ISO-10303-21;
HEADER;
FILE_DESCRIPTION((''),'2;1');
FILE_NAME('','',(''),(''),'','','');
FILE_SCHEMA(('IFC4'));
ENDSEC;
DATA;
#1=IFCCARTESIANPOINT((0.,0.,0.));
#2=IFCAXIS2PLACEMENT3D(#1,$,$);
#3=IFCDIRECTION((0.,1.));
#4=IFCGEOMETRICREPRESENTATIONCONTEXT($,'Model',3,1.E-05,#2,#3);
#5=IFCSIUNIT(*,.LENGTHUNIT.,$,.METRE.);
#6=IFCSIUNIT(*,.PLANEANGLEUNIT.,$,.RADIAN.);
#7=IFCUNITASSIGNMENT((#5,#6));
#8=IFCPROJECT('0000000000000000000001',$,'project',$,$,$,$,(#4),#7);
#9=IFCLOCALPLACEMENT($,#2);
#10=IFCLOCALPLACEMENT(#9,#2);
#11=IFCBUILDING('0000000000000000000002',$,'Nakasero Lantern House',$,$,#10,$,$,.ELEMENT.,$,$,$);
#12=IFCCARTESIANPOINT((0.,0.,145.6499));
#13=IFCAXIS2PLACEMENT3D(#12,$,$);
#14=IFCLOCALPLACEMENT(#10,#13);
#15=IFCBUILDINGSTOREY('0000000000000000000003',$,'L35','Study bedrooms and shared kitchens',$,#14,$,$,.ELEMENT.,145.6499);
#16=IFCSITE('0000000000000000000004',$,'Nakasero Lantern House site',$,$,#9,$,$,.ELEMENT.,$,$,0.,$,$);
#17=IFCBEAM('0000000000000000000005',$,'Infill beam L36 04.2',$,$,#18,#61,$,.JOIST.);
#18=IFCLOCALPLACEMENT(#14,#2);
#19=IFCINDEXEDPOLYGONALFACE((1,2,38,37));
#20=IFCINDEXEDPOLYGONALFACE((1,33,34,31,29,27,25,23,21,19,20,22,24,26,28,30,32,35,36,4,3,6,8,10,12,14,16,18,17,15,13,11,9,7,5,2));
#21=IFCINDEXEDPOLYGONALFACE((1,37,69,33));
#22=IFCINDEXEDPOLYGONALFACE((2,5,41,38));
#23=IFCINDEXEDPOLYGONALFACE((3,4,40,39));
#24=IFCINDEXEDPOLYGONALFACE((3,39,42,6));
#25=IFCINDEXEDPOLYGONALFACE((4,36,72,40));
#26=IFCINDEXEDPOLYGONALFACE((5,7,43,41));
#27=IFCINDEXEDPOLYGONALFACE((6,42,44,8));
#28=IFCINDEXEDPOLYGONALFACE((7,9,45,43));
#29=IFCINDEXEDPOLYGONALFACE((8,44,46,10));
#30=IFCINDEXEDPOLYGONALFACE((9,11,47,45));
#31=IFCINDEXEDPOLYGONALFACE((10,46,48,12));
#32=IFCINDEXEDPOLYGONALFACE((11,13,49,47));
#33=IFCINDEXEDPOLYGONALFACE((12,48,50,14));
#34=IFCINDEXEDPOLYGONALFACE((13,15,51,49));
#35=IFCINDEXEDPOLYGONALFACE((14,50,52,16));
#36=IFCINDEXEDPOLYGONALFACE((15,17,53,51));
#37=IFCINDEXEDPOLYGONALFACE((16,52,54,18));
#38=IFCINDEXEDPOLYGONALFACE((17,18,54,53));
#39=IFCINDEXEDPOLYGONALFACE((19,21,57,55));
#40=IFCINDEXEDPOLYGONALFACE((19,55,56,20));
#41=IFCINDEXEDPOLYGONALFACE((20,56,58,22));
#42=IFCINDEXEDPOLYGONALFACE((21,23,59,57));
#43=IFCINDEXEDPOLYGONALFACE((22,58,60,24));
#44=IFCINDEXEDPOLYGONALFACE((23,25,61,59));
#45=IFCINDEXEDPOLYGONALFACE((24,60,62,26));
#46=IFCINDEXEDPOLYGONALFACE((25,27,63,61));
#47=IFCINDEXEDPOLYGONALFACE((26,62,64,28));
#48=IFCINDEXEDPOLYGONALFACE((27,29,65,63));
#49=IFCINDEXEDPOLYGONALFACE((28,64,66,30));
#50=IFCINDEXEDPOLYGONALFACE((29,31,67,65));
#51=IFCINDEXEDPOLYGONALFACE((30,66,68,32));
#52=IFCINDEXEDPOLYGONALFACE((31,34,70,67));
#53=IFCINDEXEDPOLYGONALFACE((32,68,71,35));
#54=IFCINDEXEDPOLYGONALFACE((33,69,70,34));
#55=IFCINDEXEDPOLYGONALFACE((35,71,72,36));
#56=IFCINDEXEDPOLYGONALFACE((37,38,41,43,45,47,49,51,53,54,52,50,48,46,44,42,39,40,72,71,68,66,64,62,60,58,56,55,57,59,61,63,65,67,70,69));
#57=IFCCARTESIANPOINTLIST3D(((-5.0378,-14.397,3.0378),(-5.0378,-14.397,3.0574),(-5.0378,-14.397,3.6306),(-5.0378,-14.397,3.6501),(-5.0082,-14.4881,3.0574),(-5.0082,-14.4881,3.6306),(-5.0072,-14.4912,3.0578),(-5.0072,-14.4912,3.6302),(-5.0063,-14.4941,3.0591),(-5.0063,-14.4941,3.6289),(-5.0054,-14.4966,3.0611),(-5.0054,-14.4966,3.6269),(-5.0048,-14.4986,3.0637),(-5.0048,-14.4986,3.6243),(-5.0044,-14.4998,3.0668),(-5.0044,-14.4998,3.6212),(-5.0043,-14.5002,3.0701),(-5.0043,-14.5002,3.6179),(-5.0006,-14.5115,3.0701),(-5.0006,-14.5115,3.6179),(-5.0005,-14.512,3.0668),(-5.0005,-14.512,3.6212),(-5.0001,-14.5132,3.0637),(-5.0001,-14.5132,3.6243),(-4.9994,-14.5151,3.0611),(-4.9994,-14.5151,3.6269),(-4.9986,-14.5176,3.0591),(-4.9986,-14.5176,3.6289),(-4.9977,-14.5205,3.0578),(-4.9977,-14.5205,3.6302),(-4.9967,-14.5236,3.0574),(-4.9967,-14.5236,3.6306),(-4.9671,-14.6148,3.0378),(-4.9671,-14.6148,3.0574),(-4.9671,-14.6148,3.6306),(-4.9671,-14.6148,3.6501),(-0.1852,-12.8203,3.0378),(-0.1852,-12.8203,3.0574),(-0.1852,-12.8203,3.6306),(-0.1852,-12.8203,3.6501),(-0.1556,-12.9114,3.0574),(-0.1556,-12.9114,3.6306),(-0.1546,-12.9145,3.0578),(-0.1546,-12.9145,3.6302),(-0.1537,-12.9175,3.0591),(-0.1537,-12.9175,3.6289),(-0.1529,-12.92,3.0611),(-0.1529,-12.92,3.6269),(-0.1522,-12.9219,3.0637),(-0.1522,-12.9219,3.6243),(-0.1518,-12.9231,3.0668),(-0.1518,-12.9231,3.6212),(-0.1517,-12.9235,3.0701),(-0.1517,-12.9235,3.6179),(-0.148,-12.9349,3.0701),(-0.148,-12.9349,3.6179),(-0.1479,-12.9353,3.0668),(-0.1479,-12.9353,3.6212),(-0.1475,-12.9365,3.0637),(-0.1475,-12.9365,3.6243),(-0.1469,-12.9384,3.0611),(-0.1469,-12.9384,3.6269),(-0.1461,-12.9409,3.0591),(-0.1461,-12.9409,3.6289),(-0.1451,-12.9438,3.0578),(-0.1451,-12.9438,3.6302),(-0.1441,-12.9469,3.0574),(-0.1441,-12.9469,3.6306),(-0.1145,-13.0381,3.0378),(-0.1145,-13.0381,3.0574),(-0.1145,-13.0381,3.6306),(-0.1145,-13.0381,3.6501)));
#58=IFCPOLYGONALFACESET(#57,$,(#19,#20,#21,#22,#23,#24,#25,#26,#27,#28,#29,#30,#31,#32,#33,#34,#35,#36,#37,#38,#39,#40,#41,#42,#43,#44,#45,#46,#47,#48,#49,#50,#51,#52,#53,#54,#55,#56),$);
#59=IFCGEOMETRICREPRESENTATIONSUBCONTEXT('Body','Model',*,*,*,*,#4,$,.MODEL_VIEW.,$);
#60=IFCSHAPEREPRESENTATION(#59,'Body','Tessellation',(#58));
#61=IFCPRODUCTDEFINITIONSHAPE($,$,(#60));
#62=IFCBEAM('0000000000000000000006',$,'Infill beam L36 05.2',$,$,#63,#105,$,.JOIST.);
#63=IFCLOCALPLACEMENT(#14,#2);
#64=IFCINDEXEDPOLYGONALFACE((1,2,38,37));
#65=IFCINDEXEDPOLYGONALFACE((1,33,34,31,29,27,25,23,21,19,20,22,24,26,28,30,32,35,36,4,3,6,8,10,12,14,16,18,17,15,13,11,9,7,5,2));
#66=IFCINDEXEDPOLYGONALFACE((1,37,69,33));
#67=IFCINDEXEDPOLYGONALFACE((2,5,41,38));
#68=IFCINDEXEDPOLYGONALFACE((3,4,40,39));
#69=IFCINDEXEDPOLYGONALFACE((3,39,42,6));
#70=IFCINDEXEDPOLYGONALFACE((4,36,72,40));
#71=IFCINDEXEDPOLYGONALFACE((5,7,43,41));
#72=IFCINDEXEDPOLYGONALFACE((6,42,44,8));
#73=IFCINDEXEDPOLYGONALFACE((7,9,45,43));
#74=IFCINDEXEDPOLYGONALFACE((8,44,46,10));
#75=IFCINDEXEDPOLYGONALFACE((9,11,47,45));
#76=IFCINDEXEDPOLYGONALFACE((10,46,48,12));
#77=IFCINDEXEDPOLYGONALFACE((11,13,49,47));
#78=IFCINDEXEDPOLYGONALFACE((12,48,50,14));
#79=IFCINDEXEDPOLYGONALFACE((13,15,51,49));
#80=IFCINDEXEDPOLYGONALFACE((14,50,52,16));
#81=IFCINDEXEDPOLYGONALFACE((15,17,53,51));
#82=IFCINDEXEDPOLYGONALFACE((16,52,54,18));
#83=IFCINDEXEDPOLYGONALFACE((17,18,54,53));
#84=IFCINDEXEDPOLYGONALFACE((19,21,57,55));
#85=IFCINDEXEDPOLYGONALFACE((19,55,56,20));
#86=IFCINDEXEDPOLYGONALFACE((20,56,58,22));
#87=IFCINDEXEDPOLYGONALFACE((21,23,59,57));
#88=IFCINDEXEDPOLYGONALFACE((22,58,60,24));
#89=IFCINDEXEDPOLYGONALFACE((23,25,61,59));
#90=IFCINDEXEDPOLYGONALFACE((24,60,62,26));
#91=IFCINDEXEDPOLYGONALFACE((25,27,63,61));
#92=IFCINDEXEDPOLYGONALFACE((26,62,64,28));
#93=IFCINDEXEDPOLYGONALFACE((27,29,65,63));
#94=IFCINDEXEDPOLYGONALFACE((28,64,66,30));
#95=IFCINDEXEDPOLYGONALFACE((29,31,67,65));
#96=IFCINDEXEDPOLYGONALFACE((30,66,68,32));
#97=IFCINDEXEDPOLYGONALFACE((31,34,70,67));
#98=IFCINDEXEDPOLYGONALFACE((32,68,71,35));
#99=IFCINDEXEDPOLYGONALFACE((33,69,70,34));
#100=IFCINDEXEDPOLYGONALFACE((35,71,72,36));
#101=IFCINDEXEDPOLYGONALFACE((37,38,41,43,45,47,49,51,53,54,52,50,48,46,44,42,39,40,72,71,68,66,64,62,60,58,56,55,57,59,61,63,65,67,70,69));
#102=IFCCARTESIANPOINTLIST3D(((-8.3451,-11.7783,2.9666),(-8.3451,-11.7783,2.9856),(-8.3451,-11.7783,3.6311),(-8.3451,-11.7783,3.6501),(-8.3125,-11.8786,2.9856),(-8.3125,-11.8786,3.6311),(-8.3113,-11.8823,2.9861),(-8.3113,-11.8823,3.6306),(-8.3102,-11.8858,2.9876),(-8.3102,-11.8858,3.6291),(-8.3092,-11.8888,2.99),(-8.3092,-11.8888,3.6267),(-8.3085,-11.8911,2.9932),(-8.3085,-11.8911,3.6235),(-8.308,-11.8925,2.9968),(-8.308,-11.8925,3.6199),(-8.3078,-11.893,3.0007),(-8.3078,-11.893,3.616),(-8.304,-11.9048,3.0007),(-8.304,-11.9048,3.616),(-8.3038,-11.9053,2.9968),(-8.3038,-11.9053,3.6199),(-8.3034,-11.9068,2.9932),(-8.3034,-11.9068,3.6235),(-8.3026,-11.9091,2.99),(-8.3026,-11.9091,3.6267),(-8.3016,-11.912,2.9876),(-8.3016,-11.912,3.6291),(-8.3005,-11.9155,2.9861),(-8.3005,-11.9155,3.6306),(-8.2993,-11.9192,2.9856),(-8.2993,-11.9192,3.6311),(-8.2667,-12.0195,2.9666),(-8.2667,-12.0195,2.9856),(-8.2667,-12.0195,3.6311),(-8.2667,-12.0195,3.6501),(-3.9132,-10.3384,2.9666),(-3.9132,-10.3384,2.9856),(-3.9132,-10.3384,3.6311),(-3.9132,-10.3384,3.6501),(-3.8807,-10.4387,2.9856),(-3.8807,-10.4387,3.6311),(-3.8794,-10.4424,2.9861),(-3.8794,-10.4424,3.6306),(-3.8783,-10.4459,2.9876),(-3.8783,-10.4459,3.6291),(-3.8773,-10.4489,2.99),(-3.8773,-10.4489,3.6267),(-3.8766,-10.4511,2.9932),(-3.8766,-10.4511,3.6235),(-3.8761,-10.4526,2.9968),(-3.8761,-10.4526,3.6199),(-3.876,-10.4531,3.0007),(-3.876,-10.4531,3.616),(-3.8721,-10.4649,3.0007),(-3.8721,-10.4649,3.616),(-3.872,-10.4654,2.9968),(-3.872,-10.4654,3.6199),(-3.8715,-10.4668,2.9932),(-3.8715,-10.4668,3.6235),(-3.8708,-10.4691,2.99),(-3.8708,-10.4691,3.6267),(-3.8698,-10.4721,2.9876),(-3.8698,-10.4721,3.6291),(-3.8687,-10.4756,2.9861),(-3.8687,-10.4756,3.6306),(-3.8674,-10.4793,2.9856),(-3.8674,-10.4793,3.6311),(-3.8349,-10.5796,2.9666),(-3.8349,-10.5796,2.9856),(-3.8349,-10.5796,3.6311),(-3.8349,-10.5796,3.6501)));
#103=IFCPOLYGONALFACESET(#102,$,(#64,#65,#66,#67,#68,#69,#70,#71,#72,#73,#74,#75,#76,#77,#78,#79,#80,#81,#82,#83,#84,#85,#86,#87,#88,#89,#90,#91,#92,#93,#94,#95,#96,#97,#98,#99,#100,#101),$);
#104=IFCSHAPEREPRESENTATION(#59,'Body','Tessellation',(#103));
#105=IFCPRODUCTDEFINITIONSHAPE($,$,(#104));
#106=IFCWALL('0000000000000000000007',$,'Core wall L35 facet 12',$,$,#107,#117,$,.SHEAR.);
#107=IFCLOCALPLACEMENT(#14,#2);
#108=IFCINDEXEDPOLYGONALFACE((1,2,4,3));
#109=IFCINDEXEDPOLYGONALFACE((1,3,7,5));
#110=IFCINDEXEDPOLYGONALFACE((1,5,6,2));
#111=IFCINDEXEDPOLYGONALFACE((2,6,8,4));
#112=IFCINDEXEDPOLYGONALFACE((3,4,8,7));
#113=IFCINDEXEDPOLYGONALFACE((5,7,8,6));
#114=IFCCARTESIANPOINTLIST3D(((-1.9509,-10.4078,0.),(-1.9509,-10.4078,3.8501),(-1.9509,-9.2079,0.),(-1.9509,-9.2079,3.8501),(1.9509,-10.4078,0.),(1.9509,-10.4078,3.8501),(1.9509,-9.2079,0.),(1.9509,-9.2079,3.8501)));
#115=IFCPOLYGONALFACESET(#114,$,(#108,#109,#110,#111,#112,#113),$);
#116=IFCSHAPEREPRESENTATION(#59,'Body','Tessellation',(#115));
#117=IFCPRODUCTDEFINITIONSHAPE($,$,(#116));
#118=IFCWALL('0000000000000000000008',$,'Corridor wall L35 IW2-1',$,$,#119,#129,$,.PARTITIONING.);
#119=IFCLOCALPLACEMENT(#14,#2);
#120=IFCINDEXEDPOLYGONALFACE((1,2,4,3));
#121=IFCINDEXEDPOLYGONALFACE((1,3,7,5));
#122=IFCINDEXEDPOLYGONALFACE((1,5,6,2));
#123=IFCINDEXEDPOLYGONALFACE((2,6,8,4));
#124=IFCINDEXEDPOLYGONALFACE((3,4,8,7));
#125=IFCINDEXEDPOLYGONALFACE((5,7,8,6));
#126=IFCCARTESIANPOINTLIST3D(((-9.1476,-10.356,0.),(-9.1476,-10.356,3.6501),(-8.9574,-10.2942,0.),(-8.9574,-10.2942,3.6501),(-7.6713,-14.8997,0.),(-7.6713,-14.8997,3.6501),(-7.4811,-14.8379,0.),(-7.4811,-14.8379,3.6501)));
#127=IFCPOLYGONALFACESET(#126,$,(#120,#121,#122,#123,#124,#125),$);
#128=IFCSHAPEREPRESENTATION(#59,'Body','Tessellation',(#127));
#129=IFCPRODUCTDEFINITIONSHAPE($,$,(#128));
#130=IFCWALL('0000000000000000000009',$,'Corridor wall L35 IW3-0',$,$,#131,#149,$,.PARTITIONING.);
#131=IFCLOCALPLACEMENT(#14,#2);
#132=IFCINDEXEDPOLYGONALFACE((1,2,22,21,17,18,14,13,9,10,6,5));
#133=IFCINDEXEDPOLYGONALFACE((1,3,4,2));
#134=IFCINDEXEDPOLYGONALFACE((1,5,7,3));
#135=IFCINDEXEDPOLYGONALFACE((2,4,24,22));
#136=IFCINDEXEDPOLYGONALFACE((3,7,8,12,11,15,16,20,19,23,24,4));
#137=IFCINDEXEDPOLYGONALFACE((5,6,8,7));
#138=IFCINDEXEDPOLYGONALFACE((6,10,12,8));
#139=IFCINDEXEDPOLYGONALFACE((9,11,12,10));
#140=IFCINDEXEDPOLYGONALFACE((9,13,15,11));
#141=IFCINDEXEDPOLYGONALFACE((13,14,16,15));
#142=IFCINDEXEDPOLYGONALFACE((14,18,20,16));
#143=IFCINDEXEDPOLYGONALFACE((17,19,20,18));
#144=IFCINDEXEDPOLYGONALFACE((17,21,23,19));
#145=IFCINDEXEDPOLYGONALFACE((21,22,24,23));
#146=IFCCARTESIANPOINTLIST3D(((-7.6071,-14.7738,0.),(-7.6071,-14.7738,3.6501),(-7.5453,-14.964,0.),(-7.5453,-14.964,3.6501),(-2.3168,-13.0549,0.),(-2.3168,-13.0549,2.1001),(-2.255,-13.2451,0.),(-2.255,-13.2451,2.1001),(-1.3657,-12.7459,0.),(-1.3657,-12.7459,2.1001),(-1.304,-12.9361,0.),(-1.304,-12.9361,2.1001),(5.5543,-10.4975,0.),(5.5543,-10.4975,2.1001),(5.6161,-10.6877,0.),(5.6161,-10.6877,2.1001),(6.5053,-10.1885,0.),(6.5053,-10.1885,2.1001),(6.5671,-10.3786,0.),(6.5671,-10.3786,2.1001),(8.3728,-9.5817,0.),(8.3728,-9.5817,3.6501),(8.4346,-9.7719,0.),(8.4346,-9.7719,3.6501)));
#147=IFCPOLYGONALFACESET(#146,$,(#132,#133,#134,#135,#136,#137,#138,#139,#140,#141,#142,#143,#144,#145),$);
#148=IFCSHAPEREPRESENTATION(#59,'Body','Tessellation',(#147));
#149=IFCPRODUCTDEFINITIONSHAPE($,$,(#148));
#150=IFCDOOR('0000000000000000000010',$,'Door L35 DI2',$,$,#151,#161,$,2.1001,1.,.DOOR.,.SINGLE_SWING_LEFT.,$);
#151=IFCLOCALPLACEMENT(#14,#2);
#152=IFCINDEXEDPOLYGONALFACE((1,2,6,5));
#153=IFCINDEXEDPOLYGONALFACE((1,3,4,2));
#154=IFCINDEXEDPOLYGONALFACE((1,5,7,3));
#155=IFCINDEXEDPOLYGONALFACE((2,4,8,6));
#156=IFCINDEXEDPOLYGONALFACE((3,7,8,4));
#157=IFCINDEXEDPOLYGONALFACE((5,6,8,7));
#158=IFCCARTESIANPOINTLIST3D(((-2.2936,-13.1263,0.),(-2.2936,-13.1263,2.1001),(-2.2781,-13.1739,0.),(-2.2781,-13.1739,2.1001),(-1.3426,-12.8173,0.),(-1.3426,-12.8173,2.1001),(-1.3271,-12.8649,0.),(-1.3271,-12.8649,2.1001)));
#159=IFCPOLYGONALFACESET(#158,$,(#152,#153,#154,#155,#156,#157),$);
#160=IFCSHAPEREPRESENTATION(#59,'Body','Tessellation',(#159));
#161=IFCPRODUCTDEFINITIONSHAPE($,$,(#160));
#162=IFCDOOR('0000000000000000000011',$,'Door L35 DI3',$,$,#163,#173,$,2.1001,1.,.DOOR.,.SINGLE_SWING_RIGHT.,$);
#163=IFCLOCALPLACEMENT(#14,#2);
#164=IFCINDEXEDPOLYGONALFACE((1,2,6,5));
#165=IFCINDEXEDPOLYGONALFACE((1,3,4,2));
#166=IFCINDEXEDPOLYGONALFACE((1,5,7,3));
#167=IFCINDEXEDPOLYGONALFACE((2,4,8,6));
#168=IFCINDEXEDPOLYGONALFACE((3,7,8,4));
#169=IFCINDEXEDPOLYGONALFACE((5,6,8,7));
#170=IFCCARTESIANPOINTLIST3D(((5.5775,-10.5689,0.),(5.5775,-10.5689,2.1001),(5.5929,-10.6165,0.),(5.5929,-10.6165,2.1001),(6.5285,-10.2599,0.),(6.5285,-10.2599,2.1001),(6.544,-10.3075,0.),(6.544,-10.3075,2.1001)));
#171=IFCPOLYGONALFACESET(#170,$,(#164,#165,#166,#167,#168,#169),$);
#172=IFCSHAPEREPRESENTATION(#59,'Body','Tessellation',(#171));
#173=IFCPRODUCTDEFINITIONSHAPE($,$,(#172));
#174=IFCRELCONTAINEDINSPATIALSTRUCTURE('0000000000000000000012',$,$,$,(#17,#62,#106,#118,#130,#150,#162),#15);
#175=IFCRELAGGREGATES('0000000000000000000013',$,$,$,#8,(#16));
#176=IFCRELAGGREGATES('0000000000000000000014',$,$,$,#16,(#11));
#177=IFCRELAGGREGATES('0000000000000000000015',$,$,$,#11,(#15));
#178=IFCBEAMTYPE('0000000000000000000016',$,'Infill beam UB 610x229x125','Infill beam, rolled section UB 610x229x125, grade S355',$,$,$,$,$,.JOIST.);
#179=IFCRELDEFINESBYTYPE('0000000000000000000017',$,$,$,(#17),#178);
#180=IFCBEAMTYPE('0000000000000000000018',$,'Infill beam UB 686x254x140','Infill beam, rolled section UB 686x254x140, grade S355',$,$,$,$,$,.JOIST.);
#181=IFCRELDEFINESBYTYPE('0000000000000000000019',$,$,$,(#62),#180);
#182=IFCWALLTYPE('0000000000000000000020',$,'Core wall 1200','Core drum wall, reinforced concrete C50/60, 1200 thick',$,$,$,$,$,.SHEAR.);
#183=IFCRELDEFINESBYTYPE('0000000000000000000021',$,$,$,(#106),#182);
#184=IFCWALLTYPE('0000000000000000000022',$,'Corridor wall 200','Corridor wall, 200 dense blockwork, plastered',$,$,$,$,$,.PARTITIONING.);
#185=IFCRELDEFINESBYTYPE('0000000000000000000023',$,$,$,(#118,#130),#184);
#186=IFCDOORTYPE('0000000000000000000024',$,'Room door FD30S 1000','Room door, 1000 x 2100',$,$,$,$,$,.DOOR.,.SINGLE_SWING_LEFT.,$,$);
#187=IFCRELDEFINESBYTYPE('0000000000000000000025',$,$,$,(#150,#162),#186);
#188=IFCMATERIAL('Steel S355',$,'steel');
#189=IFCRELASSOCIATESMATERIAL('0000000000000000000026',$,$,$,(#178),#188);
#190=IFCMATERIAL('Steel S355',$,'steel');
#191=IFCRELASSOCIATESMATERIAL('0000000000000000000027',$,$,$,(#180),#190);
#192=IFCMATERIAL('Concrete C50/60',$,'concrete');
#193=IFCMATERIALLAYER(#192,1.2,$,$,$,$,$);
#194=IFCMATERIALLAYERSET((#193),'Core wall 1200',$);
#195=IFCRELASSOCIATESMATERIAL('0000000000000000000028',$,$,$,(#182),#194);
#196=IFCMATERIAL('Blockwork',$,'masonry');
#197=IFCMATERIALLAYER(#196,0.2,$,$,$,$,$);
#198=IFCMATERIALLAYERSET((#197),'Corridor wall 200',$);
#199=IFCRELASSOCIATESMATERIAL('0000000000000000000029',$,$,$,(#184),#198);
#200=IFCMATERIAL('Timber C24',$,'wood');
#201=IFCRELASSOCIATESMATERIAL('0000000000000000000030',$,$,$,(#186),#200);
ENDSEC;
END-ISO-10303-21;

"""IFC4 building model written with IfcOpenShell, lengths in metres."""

from ifc_helpers import new_model, si_unit, direction, frame, frame_2d, origin, origin_2d, place, context, subcontext, project, spatial, rectangle, i_section, extrude, material, layer, layer_set, material_profile, profile_set, type_object, element, fill, save


model = new_model("IFC4")

# Units and contexts
model_context = context("Model", 3, precision=1e-05, world=origin(), true_north=direction((0.0, 1.0)))
body_context = subcontext(model_context, "Body", "Model", "MODEL_VIEW")
ifc_project = project(units=[si_unit("LENGTHUNIT", "METRE"), si_unit("PLANEANGLEUNIT", "RADIAN")], contexts=[model_context])

# Site, building, storey
site_placement = place(None, origin())
site = spatial("IfcSite", under=ifc_project, at=site_placement, Name="Nakasero Lantern House site", CompositionType="ELEMENT", RefElevation=0.0)
building_placement = place(site_placement, origin())
building = spatial("IfcBuilding", under=site, at=building_placement, Name="Nakasero Lantern House", CompositionType="ELEMENT")
storey_placement = place(building_placement, frame((0.0, 0.0, 145.6499)))
storey = spatial("IfcBuildingStorey", under=building, at=storey_placement, Name="L35", Description="Study bedrooms and shared kitchens", CompositionType="ELEMENT", Elevation=145.6499)

# Beams
ifc_material_1 = material(Name="Steel S355", Category="steel")
ifc_material_profile_1 = material_profile(ifc_material_1, i_section(OverallWidth=0.229, OverallDepth=0.6123, WebThickness=0.012, FlangeThickness=0.0195, FilletRadius=0.0127, at=origin_2d()), Name="UB 610x229x125")
ifc_profile_set_1 = profile_set([ifc_material_profile_1], Name="Steel S355")
beam_type_1 = type_object("IfcBeamType", Name="Infill beam UB 610x229x125", Description="Infill beam, rolled section UB 610x229x125, grade S355", PredefinedType="JOIST", material=ifc_profile_set_1)
beam_1_placement = place(storey_placement, frame((-5.0024, -14.5059, 3.344), z_axis=(0.951058, 0.309012, 0.0), x_axis=(-0.309012, 0.951058, 0.0)))
element("IfcBeam", 1, at=beam_1_placement, inside=storey, type_object=beam_type_1, Name="Infill beam L36 04.2", PredefinedType="JOIST", context=body_context, shape_type="SweptSolid", body=[
    extrude(i_section(OverallWidth=0.229, OverallDepth=0.6123, WebThickness=0.012, FlangeThickness=0.0195, FilletRadius=0.0127, at=origin_2d()), origin(), (0.0, 0.0, 1.0), 5.1023),
])
ifc_material_2 = material(Name="Steel S355", Category="steel")
ifc_material_profile_2 = material_profile(ifc_material_2, i_section(OverallWidth=0.2537, OverallDepth=0.6836, WebThickness=0.0125, FlangeThickness=0.019, FilletRadius=0.0151, at=origin_2d()), Name="UB 686x254x140")
ifc_profile_set_2 = profile_set([ifc_material_profile_2], Name="Steel S355")
beam_type_2 = type_object("IfcBeamType", Name="Infill beam UB 686x254x140", Description="Infill beam, rolled section UB 686x254x140, grade S355", PredefinedType="JOIST", material=ifc_profile_set_2)
beam_2_placement = place(storey_placement, frame((-8.3059, -11.8989, 3.3083), z_axis=(0.951061, 0.309004, 0.0), x_axis=(-0.309004, 0.951061, 0.0)))
element("IfcBeam", 2, at=beam_2_placement, inside=storey, type_object=beam_type_2, Name="Infill beam L36 05.2", PredefinedType="JOIST", context=body_context, shape_type="SweptSolid", body=[
    extrude(i_section(OverallWidth=0.2537, OverallDepth=0.6836, WebThickness=0.0125, FlangeThickness=0.019, FilletRadius=0.0151, at=origin_2d()), origin(), (0.0, 0.0, 1.0), 4.6599),
])

# Wall
ifc_material_3 = material(Name="Concrete C50/60", Category="concrete")
ifc_layer_1 = layer(ifc_material_3, 1.2)
ifc_layer_set_1 = layer_set([ifc_layer_1], Name="Core wall 1200")
wall_type_1 = type_object("IfcWallType", Name="Core wall 1200", Description="Core drum wall, reinforced concrete C50/60, 1200 thick", PredefinedType="SHEAR", material=ifc_layer_set_1)
wall_1_placement = place(storey_placement, frame((-1.9509, -9.8079, 0.0), z_axis=(0.0, 0.0, 1.0), x_axis=(1.0, 0.0, 0.0)))
element("IfcWall", 3, at=wall_1_placement, inside=storey, type_object=wall_type_1, Name="Core wall L35 facet 12", PredefinedType="SHEAR", context=body_context, shape_type="SweptSolid", body=[
    extrude(rectangle(XDim=3.9019, YDim=1.2, at=frame_2d((1.9509, 0.0))), origin(), (0.0, 0.0, 1.0), 3.8501),
])

# Shared definitions
ifc_material_4 = material(Name="Blockwork", Category="masonry")
ifc_layer_2 = layer(ifc_material_4, 0.2)
ifc_layer_set_2 = layer_set([ifc_layer_2], Name="Corridor wall 200")
wall_type_2 = type_object("IfcWallType", Name="Corridor wall 200", Description="Corridor wall, 200 dense blockwork, plastered", PredefinedType="PARTITIONING", material=ifc_layer_set_2)
ifc_material_5 = material(Name="Timber C24", Category="wood")
door_type_1 = type_object("IfcDoorType", Name="Room door FD30S 1000", Description="Room door, 1000 x 2100", OperationType="SINGLE_SWING_LEFT", PredefinedType="DOOR", material=ifc_material_5)

# Wall
wall_2_placement = place(storey_placement, frame((-9.0525, -10.3252, 0.0), z_axis=(0.0, 0.0, 1.0), x_axis=(0.309013, -0.951058, 0.0)))
element("IfcWall", 4, at=wall_2_placement, inside=storey, type_object=wall_type_2, Name="Corridor wall L35 IW2-1", PredefinedType="PARTITIONING", context=body_context, shape_type="SweptSolid", body=[
    extrude(rectangle(XDim=4.7776, YDim=0.2, at=frame_2d((2.3887, 0.0))), origin(), (0.0, 0.0, 1.0), 3.6501),
])

# Wall, openings, doors
wall_3_placement = place(storey_placement, frame((-7.5762, -14.8689, 0.0), z_axis=(0.0, 0.0, 1.0), x_axis=(0.951058, 0.309013, 0.0)))
wall_3 = element("IfcWall", 5, at=wall_3_placement, inside=storey, type_object=wall_type_2, Name="Corridor wall L35 IW3-0", PredefinedType="PARTITIONING", context=body_context, shape_type="SweptSolid", body=[
    extrude(rectangle(XDim=16.8022, YDim=0.2, at=frame_2d((8.4011, 0.0))), origin(), (0.0, 0.0, 1.0), 3.6501),
])
opening_1_placement = place(wall_3_placement, frame((5.5625, 0.0, 0.0)))
opening_1 = element("IfcOpeningElement", 6, at=opening_1_placement, cuts=wall_3, PredefinedType="OPENING", context=body_context, shape_type="SweptSolid", body=[
    extrude(rectangle(XDim=1.0, YDim=2.1001, at=frame_2d((0.5, 1.05))), frame((0.0, 0.1199, 0.0), z_axis=(0.0, -1.0, 0.0), x_axis=(1.0, 0.0, 0.0)), (0.0, 0.0, 1.0), 0.24),
])
opening_2_placement = place(wall_3_placement, frame((13.8386, 0.0, 0.0)))
opening_2 = element("IfcOpeningElement", 7, at=opening_2_placement, cuts=wall_3, PredefinedType="OPENING", context=body_context, shape_type="SweptSolid", body=[
    extrude(rectangle(XDim=1.0, YDim=2.1001, at=frame_2d((0.5, 1.05))), frame((0.0, 0.1199, 0.0), z_axis=(0.0, -1.0, 0.0), x_axis=(1.0, 0.0, 0.0)), (0.0, 0.0, 1.0), 0.24),
])
door_1_placement = place(opening_1_placement, origin())
door_1 = element("IfcDoor", 8, at=door_1_placement, inside=storey, type_object=door_type_1, Name="Door L35 DI2", OperationType="SINGLE_SWING_LEFT", OverallHeight=2.1001, OverallWidth=1.0, PredefinedType="DOOR", context=body_context, shape_type="SweptSolid", body=[
    extrude(rectangle(XDim=1.0, YDim=2.1001, at=frame_2d((0.5, 1.05))), frame((0.0, 0.0249, 0.0), z_axis=(0.0, -1.0, 0.0), x_axis=(1.0, 0.0, 0.0)), (0.0, 0.0, 1.0), 0.05),
])
fill(opening_1, door_1)
door_2_placement = place(opening_2_placement, origin())
door_2 = element("IfcDoor", 9, at=door_2_placement, inside=storey, type_object=door_type_1, Name="Door L35 DI3", OperationType="SINGLE_SWING_RIGHT", OverallHeight=2.1001, OverallWidth=1.0, PredefinedType="DOOR", context=body_context, shape_type="SweptSolid", body=[
    extrude(rectangle(XDim=1.0, YDim=2.1001, at=frame_2d((0.5, 1.05))), frame((0.0, 0.0249, 0.0), z_axis=(0.0, -1.0, 0.0), x_axis=(1.0, 0.0, 0.0)), (0.0, 0.0, 1.0), 0.05),
])
fill(opening_2, door_2)

save(model, "model.ifc")
